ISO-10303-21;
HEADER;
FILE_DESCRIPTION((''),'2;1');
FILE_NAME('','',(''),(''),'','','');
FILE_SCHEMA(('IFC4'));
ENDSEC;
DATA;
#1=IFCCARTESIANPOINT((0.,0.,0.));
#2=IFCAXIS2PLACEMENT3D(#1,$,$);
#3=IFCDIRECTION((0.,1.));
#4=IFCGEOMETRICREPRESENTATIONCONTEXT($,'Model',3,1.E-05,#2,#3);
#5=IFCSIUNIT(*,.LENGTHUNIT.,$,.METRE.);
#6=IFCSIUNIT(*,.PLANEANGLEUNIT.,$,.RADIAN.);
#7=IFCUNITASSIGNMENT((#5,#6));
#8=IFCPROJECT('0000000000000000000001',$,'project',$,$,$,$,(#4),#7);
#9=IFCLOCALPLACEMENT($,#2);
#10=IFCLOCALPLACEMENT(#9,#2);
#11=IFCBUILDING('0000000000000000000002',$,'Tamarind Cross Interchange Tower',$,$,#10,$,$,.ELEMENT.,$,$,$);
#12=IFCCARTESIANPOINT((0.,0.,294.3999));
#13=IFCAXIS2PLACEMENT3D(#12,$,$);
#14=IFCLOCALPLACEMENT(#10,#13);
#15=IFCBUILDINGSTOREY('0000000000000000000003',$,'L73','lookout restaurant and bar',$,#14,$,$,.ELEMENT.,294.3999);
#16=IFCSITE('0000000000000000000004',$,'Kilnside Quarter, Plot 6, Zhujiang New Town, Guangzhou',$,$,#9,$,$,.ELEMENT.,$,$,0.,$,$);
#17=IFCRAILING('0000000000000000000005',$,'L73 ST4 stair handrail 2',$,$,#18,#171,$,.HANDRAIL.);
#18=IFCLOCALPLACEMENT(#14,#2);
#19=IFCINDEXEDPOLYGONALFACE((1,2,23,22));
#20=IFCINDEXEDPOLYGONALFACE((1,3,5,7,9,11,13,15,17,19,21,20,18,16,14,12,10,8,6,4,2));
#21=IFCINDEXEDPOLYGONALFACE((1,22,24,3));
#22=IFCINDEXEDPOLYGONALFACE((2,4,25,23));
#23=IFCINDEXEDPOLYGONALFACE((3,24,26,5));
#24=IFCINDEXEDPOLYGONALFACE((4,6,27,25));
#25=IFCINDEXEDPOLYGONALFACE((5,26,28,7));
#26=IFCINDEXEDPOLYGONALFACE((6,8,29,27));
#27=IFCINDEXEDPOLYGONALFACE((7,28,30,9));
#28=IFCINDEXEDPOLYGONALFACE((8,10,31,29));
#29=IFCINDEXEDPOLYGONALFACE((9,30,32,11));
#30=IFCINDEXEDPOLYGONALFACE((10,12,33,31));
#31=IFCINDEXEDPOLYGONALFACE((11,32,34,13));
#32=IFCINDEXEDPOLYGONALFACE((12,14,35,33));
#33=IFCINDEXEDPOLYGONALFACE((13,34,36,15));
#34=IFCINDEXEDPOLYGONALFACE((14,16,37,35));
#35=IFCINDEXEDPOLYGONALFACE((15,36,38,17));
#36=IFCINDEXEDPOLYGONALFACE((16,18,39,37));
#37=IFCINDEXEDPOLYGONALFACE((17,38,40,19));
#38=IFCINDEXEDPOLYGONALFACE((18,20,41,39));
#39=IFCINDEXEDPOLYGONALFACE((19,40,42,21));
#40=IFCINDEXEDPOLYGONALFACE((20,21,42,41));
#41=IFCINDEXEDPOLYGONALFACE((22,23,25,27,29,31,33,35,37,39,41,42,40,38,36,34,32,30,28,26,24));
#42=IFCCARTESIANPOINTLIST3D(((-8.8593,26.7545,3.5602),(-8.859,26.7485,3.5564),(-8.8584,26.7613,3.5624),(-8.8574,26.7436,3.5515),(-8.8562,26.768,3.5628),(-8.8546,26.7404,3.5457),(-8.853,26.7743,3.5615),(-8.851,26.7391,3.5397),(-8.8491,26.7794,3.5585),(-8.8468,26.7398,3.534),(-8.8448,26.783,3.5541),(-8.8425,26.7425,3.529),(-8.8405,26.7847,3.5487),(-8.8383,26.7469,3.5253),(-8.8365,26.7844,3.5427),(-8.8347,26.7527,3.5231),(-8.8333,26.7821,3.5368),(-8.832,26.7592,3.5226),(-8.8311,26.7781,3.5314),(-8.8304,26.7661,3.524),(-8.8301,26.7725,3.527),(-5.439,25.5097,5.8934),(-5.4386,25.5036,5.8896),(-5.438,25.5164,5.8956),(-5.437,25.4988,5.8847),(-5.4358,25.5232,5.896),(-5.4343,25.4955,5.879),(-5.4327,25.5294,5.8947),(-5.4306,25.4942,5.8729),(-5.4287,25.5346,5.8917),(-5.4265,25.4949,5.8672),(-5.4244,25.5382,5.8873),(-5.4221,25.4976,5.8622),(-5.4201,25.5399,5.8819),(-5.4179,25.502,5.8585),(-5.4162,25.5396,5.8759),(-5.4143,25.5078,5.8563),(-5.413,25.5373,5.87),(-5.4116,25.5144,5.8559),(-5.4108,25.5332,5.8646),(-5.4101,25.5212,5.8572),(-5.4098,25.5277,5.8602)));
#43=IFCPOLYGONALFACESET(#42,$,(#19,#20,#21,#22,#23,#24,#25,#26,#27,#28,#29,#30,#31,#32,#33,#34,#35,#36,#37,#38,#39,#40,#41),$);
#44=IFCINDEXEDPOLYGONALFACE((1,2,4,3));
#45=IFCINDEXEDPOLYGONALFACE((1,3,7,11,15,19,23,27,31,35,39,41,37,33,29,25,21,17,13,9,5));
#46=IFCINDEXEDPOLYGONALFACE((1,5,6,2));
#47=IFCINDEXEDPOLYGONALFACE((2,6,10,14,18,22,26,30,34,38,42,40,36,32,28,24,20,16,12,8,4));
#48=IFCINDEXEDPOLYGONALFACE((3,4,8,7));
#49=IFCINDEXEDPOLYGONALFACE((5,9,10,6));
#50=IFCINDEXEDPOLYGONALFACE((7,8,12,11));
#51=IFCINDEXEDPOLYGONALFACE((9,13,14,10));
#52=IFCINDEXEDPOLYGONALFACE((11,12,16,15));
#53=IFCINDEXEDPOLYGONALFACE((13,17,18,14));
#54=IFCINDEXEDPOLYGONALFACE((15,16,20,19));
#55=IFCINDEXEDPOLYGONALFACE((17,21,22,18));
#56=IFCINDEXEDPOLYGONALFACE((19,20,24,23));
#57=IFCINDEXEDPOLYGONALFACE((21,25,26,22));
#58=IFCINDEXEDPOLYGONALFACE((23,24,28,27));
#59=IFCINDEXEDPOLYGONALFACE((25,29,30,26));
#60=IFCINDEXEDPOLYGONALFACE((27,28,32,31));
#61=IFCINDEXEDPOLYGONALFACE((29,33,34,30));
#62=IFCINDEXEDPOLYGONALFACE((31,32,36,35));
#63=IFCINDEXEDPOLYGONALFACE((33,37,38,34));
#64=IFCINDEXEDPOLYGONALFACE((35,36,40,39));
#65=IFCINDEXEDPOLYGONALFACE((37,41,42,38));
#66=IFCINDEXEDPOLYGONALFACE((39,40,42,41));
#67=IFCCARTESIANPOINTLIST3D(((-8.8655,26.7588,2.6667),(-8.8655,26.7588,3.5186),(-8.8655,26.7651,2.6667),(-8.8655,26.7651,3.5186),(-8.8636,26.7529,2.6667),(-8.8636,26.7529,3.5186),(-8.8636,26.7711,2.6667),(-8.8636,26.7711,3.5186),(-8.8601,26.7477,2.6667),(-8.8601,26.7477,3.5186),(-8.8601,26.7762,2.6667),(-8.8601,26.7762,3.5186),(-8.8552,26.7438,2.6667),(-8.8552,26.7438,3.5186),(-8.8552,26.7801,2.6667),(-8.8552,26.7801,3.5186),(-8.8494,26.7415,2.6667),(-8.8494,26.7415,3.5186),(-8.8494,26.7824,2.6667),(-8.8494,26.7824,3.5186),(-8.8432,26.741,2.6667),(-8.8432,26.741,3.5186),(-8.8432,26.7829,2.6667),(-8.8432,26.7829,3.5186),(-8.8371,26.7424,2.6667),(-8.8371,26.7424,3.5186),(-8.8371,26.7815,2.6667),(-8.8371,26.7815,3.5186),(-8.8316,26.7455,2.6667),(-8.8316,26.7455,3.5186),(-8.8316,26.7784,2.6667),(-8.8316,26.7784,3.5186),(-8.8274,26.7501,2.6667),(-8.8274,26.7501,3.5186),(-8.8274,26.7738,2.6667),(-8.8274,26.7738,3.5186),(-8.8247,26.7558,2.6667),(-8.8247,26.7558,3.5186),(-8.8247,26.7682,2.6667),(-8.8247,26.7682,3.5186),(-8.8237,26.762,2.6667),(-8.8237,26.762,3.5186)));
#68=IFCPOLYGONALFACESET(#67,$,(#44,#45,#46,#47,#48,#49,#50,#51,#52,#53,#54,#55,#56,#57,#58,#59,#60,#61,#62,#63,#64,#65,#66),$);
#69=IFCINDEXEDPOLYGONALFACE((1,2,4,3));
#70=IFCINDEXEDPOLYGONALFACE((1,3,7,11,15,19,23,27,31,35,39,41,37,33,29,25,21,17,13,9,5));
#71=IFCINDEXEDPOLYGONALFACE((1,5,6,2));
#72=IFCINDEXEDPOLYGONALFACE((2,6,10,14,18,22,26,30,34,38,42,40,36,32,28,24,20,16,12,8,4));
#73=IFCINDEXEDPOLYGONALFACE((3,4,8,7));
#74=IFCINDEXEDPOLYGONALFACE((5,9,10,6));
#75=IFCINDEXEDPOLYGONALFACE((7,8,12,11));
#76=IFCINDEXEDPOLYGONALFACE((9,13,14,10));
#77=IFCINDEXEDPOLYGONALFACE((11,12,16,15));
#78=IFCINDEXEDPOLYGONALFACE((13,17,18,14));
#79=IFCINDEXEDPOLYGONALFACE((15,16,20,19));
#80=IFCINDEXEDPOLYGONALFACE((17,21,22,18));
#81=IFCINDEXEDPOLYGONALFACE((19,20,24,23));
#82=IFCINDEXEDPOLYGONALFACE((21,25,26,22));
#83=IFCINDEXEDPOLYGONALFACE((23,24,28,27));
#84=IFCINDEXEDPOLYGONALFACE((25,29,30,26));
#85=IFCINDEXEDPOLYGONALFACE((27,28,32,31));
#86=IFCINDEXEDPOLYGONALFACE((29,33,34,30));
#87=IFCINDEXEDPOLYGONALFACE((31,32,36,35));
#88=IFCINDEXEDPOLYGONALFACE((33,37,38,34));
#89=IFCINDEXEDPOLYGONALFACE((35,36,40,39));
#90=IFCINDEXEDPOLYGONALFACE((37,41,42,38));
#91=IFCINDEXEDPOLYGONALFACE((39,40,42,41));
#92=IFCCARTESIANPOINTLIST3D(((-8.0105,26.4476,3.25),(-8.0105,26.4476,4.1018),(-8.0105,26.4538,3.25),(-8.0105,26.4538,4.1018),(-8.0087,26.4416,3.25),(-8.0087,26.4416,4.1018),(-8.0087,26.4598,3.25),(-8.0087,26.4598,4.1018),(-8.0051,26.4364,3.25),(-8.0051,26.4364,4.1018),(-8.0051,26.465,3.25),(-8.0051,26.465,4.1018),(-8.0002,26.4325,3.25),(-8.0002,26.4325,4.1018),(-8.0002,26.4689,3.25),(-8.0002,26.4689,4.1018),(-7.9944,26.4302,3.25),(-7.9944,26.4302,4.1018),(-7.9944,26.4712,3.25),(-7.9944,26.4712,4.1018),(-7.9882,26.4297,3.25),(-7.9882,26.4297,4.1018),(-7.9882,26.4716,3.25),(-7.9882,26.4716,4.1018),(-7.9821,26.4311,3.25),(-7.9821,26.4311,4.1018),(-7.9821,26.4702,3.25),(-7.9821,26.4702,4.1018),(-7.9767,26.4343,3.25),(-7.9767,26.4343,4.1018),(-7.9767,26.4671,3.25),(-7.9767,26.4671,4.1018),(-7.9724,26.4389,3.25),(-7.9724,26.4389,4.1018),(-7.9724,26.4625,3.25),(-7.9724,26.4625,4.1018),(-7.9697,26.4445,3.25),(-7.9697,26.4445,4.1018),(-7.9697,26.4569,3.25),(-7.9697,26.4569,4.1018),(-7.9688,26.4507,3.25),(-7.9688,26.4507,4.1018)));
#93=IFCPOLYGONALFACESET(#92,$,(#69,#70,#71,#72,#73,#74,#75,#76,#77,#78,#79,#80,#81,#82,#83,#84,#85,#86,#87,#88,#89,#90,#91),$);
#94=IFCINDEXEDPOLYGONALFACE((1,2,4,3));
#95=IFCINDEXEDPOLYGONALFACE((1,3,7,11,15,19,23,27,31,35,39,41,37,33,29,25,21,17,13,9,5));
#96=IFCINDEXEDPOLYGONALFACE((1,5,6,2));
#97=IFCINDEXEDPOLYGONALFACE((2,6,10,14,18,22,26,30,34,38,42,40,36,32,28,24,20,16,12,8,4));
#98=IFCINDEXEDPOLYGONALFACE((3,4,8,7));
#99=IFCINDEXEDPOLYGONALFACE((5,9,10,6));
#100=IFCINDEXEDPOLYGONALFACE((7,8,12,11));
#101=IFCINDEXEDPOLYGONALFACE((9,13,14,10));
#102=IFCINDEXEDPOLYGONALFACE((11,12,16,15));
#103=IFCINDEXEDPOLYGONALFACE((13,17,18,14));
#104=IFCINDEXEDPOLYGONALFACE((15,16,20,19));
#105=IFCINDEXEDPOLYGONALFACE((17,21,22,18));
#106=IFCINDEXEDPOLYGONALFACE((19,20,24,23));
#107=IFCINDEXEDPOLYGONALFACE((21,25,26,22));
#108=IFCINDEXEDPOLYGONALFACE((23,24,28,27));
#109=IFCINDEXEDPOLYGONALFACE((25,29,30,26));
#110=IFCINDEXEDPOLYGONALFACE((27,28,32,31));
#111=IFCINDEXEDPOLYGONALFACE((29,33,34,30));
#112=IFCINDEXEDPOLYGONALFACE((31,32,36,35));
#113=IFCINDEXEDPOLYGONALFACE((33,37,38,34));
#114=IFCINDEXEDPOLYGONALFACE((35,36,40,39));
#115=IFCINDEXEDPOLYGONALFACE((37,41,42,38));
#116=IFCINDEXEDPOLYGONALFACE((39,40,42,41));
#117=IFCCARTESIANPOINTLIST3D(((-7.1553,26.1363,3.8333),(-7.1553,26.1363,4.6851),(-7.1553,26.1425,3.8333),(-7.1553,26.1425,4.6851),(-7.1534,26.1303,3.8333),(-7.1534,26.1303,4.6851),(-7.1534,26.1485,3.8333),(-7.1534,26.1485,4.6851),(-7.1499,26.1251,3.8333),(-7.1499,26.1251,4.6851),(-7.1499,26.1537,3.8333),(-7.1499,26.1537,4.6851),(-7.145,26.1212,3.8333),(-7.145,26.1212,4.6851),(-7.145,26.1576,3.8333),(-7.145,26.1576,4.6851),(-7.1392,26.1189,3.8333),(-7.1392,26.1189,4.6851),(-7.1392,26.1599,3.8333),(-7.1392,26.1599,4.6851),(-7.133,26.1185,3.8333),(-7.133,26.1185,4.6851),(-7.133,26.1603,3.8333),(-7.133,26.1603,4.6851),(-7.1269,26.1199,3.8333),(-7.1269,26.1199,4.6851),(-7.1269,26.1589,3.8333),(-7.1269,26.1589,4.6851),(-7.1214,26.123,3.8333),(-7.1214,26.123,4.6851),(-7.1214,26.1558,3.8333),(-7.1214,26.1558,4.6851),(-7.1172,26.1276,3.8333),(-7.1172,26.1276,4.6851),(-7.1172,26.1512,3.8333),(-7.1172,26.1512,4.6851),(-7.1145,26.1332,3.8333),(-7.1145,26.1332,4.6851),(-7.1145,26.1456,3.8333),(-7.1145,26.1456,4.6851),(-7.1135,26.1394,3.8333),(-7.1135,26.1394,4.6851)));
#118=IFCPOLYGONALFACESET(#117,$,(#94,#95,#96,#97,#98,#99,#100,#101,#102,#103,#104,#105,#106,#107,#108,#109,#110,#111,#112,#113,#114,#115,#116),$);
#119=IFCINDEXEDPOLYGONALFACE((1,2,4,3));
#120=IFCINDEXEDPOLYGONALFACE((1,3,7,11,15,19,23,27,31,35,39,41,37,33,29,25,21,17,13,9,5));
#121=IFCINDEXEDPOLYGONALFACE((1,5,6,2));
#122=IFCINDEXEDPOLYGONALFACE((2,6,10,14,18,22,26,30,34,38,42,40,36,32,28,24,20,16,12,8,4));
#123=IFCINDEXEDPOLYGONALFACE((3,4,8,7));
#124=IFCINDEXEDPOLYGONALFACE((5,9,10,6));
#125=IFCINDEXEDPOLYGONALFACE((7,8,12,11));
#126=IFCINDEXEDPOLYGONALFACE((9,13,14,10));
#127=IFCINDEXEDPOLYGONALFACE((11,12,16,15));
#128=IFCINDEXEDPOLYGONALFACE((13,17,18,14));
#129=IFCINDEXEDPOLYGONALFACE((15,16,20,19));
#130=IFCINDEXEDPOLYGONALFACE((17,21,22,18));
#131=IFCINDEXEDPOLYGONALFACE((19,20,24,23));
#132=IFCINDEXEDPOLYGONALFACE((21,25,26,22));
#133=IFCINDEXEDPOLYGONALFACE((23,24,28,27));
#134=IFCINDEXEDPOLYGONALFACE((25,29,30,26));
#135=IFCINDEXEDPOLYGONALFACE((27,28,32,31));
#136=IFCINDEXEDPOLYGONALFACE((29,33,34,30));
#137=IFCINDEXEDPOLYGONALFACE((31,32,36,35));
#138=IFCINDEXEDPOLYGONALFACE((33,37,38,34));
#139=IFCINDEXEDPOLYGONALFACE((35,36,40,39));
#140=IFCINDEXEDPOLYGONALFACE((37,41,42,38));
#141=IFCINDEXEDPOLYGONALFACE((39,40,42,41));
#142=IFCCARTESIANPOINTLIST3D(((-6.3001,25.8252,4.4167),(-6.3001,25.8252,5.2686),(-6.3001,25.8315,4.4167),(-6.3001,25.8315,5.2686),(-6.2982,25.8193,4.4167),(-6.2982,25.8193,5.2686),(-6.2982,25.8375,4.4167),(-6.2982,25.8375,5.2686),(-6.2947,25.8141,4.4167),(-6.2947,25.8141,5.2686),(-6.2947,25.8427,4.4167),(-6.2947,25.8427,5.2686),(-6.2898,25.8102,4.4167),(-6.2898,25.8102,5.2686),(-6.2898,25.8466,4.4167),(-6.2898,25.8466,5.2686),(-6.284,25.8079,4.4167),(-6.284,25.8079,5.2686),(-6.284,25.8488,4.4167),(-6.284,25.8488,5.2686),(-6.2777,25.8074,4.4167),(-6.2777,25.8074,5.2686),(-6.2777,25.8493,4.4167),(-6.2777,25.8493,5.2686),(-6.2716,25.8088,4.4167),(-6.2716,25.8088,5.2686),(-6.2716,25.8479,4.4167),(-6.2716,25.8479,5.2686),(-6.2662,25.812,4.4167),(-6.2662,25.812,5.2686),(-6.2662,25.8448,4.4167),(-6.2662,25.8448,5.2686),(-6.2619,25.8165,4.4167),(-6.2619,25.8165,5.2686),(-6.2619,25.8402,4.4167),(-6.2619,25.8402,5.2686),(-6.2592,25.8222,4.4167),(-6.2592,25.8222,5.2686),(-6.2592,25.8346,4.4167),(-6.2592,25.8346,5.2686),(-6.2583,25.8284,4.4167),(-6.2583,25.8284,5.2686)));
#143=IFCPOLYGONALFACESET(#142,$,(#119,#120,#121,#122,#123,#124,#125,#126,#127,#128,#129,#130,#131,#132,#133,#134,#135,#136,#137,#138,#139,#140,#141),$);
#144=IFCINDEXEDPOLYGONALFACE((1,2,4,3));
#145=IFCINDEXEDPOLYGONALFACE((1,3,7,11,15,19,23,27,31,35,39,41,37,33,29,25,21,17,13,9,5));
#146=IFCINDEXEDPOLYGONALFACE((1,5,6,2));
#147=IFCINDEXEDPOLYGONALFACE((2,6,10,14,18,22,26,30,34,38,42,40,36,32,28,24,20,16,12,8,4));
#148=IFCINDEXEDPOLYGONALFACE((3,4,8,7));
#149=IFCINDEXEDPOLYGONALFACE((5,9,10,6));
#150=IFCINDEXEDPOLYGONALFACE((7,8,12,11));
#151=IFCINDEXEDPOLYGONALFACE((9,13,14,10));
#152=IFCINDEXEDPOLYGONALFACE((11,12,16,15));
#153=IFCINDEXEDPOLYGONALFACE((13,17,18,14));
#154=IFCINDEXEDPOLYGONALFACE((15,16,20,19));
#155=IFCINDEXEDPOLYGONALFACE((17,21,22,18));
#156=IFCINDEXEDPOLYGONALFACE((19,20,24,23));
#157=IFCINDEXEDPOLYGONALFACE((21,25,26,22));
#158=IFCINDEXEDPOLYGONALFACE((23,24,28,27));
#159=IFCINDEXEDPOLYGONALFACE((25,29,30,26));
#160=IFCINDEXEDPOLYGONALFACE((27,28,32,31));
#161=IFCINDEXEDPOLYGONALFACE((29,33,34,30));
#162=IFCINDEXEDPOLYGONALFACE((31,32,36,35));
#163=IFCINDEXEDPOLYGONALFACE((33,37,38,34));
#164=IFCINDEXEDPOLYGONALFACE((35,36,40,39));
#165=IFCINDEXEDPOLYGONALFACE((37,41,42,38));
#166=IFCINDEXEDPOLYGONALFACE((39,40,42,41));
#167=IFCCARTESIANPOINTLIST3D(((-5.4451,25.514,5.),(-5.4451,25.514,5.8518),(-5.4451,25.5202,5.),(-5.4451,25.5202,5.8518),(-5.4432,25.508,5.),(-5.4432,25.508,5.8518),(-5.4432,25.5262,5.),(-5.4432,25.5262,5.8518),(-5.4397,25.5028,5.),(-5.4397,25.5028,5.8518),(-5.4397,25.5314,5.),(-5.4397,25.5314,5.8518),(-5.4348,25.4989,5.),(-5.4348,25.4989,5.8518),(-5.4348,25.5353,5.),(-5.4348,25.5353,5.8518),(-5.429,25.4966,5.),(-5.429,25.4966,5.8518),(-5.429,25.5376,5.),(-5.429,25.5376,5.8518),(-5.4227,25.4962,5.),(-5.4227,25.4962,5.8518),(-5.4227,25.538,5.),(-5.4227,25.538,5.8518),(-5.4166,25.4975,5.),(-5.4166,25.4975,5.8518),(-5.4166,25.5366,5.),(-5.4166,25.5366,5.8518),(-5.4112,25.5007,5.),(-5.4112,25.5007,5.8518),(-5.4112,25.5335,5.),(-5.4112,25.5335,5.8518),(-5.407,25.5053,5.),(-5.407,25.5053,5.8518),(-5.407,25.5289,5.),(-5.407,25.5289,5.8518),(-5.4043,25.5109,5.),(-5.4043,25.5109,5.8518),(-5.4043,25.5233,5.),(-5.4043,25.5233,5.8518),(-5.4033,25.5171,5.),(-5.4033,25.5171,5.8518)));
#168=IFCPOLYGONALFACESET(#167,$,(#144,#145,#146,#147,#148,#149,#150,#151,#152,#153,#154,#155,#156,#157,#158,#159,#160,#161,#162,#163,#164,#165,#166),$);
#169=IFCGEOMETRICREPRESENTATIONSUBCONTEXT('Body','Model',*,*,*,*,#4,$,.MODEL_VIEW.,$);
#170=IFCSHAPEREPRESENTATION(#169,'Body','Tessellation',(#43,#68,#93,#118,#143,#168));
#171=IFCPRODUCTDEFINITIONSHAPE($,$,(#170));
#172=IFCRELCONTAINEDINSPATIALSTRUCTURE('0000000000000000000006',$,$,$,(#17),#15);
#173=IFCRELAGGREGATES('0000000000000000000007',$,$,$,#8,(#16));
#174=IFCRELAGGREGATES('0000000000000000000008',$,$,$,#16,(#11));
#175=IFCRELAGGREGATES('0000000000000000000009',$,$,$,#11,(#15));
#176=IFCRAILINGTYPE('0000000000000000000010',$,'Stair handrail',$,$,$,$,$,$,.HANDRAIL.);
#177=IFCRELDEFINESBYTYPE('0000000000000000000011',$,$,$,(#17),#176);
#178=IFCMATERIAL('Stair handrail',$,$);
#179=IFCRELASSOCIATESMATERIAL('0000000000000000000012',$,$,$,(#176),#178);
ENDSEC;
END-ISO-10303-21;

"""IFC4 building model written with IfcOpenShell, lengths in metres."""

from ifc_helpers import new_model, si_unit, direction, frame, origin, origin_2d, place, context, subcontext, project, spatial, circle, extrude, material, type_object, element, save


model = new_model("IFC4")

# Units and contexts
model_context = context("Model", 3, precision=1e-05, world=origin(), true_north=direction((0.0, 1.0)))
body_context = subcontext(model_context, "Body", "Model", "MODEL_VIEW")
ifc_project = project(units=[si_unit("LENGTHUNIT", "METRE"), si_unit("PLANEANGLEUNIT", "RADIAN")], contexts=[model_context])

# Site, building, storey
site_placement = place(None, origin())
site = spatial("IfcSite", under=ifc_project, at=site_placement, Name="Kilnside Quarter, Plot 6, Zhujiang New Town, Guangzhou", CompositionType="ELEMENT", RefElevation=0.0)
building_placement = place(site_placement, origin())
building = spatial("IfcBuilding", under=site, at=building_placement, Name="Tamarind Cross Interchange Tower", CompositionType="ELEMENT")
storey_placement = place(building_placement, frame((0.0, 0.0, 294.3999)))
storey = spatial("IfcBuildingStorey", under=building, at=storey_placement, Name="L73", Description="lookout restaurant and bar", CompositionType="ELEMENT", Elevation=294.3999)

# Railing
ifc_material_1 = material(Name="Stair handrail")
railing_type_1 = type_object("IfcRailingType", Name="Stair handrail", PredefinedType="HANDRAIL", material=ifc_material_1)
railing_1_placement = place(storey_placement, frame((-8.8447, 26.762, 2.6667)))
element("IfcRailing", 1, at=railing_1_placement, inside=storey, type_object=railing_type_1, Name="L73 ST4 stair handrail 2", PredefinedType="HANDRAIL", context=body_context, shape_type="SweptSolid", body=[
    extrude(circle(Radius=0.0239, at=origin_2d()), frame((0.0, 0.0, 0.876), z_axis=(0.791114, -0.287929, 0.539663), x_axis=(0.342007, 0.939697, 0.0)), (0.0, 0.0, 1.0), 4.3235),
    extrude(circle(Radius=0.021, at=origin_2d()), origin(), (0.0, 0.0, 1.0), 0.8518),
    extrude(circle(Radius=0.021, at=origin_2d()), frame((0.855, -0.3113, 0.5833)), (0.0, 0.0, 1.0), 0.8518),
    extrude(circle(Radius=0.021, at=origin_2d()), frame((1.7102, -0.6226, 1.1665)), (0.0, 0.0, 1.0), 0.8518),
    extrude(circle(Radius=0.021, at=origin_2d()), frame((2.5654, -0.9336, 1.75)), (0.0, 0.0, 1.0), 0.8518),
    extrude(circle(Radius=0.021, at=origin_2d()), frame((3.4204, -1.2449, 2.3333)), (0.0, 0.0, 1.0), 0.8518),
])

save(model, "model.ifc")
